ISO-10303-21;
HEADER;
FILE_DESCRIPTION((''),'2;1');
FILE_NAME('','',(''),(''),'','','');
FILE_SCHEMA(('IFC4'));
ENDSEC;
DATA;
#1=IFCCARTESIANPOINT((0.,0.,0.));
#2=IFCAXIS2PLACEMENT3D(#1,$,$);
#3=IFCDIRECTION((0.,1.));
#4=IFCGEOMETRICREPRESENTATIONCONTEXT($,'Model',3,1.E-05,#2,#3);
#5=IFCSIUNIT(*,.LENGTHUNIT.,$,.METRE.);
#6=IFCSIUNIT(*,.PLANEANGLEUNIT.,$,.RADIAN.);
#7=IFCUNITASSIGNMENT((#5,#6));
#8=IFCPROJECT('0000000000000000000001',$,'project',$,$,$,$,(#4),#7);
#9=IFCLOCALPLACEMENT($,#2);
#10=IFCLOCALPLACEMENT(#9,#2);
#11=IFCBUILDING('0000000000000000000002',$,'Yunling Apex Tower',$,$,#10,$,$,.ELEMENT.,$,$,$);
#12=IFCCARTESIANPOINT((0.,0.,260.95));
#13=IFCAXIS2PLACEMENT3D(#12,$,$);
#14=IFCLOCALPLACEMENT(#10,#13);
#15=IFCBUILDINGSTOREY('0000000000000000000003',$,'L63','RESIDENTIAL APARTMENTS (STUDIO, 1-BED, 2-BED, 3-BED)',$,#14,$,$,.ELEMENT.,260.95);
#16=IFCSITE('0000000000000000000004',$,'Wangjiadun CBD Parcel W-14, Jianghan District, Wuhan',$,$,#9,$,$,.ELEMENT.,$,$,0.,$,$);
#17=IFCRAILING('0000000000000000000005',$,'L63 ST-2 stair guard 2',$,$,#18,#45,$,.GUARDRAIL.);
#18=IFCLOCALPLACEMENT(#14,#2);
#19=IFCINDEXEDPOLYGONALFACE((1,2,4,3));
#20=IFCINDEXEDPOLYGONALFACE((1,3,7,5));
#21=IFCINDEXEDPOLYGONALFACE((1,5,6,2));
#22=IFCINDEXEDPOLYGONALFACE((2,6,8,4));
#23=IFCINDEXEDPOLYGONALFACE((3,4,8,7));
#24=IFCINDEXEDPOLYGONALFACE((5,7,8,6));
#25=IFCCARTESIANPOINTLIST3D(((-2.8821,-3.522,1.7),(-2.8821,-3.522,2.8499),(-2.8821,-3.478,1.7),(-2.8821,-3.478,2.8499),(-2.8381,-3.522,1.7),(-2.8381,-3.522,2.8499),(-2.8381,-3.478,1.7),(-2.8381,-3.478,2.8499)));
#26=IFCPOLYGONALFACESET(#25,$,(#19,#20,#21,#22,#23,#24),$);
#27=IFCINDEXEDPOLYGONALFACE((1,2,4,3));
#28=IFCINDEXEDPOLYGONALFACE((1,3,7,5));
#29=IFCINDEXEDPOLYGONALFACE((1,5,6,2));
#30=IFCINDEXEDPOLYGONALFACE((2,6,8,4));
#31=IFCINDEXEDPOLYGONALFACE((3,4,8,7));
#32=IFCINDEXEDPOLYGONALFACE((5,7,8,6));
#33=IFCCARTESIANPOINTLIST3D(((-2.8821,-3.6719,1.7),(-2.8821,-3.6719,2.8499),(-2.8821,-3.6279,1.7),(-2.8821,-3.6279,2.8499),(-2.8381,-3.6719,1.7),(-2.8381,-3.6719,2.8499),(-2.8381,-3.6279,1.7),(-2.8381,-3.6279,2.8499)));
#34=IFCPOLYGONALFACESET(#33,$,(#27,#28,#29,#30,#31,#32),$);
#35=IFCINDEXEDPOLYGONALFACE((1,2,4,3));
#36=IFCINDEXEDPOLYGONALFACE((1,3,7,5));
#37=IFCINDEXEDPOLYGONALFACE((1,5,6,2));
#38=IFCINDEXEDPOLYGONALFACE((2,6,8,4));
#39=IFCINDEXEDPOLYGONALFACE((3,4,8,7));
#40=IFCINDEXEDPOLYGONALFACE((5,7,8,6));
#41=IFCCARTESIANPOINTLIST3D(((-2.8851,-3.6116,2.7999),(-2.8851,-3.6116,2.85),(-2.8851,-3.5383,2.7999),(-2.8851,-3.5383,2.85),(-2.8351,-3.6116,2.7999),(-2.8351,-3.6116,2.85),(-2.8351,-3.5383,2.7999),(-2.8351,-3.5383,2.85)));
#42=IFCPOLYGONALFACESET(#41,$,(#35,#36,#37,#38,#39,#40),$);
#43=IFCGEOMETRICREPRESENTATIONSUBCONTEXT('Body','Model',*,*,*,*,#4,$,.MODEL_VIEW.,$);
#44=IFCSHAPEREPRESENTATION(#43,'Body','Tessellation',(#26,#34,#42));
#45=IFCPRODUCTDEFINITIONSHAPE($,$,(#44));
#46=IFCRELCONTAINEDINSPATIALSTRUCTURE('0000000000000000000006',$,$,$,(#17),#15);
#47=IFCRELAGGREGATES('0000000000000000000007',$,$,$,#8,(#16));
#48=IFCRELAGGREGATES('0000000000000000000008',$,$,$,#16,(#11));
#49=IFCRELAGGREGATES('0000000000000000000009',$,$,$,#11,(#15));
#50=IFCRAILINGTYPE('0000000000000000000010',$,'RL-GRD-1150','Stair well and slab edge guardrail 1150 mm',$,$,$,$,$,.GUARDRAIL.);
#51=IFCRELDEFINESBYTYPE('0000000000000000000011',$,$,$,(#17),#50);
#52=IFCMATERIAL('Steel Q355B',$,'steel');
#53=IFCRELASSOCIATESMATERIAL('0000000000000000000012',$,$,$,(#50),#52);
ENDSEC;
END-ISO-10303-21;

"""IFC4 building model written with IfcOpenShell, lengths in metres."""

from ifc_helpers import new_model, si_unit, direction, frame, origin, origin_2d, place, context, subcontext, project, spatial, rectangle, extrude, material, type_object, element, save


model = new_model("IFC4")

# Units and contexts
model_context = context("Model", 3, precision=1e-05, world=origin(), true_north=direction((0.0, 1.0)))
body_context = subcontext(model_context, "Body", "Model", "MODEL_VIEW")
ifc_project = project(units=[si_unit("LENGTHUNIT", "METRE"), si_unit("PLANEANGLEUNIT", "RADIAN")], contexts=[model_context])

# Site, building, storey
site_placement = place(None, origin())
site = spatial("IfcSite", under=ifc_project, at=site_placement, Name="Wangjiadun CBD Parcel W-14, Jianghan District, Wuhan", CompositionType="ELEMENT", RefElevation=0.0)
building_placement = place(site_placement, origin())
building = spatial("IfcBuilding", under=site, at=building_placement, Name="Yunling Apex Tower", CompositionType="ELEMENT")
storey_placement = place(building_placement, frame((0.0, 0.0, 260.95)))
storey = spatial("IfcBuildingStorey", under=building, at=storey_placement, Name="L63", Description="RESIDENTIAL APARTMENTS (STUDIO, 1-BED, 2-BED, 3-BED)", CompositionType="ELEMENT", Elevation=260.95)

# Shared definitions
ifc_material_1 = material(Name="Steel Q355B", Category="steel")

# Railing
railing_type = type_object("IfcRailingType", Name="RL-GRD-1150", Description="Stair well and slab edge guardrail 1150 mm", PredefinedType="GUARDRAIL", material=ifc_material_1)
railing_placement = place(storey_placement, frame((-2.8601, -3.5, 1.7)))
element("IfcRailing", 1, at=railing_placement, inside=storey, type_object=railing_type, Name="L63 ST-2 stair guard 2", PredefinedType="GUARDRAIL", context=body_context, shape_type="SweptSolid", body=[
    extrude(rectangle(XDim=0.0439, YDim=0.0439, at=origin_2d()), origin(), (0.0, 0.0, 1.0), 1.1499),
    extrude(rectangle(XDim=0.0439, YDim=0.0439, at=origin_2d()), frame((0.0, -0.1499, 0.0)), (0.0, 0.0, 1.0), 1.1499),
    extrude(rectangle(XDim=0.05, YDim=0.05, at=origin_2d()), frame((0.0, -0.0383, 1.125), z_axis=(0.0, -1.0, 0.0), x_axis=(1.0, 0.0, 0.0)), (0.0, 0.0, 1.0), 0.0732),
])

save(model, "model.ifc")
